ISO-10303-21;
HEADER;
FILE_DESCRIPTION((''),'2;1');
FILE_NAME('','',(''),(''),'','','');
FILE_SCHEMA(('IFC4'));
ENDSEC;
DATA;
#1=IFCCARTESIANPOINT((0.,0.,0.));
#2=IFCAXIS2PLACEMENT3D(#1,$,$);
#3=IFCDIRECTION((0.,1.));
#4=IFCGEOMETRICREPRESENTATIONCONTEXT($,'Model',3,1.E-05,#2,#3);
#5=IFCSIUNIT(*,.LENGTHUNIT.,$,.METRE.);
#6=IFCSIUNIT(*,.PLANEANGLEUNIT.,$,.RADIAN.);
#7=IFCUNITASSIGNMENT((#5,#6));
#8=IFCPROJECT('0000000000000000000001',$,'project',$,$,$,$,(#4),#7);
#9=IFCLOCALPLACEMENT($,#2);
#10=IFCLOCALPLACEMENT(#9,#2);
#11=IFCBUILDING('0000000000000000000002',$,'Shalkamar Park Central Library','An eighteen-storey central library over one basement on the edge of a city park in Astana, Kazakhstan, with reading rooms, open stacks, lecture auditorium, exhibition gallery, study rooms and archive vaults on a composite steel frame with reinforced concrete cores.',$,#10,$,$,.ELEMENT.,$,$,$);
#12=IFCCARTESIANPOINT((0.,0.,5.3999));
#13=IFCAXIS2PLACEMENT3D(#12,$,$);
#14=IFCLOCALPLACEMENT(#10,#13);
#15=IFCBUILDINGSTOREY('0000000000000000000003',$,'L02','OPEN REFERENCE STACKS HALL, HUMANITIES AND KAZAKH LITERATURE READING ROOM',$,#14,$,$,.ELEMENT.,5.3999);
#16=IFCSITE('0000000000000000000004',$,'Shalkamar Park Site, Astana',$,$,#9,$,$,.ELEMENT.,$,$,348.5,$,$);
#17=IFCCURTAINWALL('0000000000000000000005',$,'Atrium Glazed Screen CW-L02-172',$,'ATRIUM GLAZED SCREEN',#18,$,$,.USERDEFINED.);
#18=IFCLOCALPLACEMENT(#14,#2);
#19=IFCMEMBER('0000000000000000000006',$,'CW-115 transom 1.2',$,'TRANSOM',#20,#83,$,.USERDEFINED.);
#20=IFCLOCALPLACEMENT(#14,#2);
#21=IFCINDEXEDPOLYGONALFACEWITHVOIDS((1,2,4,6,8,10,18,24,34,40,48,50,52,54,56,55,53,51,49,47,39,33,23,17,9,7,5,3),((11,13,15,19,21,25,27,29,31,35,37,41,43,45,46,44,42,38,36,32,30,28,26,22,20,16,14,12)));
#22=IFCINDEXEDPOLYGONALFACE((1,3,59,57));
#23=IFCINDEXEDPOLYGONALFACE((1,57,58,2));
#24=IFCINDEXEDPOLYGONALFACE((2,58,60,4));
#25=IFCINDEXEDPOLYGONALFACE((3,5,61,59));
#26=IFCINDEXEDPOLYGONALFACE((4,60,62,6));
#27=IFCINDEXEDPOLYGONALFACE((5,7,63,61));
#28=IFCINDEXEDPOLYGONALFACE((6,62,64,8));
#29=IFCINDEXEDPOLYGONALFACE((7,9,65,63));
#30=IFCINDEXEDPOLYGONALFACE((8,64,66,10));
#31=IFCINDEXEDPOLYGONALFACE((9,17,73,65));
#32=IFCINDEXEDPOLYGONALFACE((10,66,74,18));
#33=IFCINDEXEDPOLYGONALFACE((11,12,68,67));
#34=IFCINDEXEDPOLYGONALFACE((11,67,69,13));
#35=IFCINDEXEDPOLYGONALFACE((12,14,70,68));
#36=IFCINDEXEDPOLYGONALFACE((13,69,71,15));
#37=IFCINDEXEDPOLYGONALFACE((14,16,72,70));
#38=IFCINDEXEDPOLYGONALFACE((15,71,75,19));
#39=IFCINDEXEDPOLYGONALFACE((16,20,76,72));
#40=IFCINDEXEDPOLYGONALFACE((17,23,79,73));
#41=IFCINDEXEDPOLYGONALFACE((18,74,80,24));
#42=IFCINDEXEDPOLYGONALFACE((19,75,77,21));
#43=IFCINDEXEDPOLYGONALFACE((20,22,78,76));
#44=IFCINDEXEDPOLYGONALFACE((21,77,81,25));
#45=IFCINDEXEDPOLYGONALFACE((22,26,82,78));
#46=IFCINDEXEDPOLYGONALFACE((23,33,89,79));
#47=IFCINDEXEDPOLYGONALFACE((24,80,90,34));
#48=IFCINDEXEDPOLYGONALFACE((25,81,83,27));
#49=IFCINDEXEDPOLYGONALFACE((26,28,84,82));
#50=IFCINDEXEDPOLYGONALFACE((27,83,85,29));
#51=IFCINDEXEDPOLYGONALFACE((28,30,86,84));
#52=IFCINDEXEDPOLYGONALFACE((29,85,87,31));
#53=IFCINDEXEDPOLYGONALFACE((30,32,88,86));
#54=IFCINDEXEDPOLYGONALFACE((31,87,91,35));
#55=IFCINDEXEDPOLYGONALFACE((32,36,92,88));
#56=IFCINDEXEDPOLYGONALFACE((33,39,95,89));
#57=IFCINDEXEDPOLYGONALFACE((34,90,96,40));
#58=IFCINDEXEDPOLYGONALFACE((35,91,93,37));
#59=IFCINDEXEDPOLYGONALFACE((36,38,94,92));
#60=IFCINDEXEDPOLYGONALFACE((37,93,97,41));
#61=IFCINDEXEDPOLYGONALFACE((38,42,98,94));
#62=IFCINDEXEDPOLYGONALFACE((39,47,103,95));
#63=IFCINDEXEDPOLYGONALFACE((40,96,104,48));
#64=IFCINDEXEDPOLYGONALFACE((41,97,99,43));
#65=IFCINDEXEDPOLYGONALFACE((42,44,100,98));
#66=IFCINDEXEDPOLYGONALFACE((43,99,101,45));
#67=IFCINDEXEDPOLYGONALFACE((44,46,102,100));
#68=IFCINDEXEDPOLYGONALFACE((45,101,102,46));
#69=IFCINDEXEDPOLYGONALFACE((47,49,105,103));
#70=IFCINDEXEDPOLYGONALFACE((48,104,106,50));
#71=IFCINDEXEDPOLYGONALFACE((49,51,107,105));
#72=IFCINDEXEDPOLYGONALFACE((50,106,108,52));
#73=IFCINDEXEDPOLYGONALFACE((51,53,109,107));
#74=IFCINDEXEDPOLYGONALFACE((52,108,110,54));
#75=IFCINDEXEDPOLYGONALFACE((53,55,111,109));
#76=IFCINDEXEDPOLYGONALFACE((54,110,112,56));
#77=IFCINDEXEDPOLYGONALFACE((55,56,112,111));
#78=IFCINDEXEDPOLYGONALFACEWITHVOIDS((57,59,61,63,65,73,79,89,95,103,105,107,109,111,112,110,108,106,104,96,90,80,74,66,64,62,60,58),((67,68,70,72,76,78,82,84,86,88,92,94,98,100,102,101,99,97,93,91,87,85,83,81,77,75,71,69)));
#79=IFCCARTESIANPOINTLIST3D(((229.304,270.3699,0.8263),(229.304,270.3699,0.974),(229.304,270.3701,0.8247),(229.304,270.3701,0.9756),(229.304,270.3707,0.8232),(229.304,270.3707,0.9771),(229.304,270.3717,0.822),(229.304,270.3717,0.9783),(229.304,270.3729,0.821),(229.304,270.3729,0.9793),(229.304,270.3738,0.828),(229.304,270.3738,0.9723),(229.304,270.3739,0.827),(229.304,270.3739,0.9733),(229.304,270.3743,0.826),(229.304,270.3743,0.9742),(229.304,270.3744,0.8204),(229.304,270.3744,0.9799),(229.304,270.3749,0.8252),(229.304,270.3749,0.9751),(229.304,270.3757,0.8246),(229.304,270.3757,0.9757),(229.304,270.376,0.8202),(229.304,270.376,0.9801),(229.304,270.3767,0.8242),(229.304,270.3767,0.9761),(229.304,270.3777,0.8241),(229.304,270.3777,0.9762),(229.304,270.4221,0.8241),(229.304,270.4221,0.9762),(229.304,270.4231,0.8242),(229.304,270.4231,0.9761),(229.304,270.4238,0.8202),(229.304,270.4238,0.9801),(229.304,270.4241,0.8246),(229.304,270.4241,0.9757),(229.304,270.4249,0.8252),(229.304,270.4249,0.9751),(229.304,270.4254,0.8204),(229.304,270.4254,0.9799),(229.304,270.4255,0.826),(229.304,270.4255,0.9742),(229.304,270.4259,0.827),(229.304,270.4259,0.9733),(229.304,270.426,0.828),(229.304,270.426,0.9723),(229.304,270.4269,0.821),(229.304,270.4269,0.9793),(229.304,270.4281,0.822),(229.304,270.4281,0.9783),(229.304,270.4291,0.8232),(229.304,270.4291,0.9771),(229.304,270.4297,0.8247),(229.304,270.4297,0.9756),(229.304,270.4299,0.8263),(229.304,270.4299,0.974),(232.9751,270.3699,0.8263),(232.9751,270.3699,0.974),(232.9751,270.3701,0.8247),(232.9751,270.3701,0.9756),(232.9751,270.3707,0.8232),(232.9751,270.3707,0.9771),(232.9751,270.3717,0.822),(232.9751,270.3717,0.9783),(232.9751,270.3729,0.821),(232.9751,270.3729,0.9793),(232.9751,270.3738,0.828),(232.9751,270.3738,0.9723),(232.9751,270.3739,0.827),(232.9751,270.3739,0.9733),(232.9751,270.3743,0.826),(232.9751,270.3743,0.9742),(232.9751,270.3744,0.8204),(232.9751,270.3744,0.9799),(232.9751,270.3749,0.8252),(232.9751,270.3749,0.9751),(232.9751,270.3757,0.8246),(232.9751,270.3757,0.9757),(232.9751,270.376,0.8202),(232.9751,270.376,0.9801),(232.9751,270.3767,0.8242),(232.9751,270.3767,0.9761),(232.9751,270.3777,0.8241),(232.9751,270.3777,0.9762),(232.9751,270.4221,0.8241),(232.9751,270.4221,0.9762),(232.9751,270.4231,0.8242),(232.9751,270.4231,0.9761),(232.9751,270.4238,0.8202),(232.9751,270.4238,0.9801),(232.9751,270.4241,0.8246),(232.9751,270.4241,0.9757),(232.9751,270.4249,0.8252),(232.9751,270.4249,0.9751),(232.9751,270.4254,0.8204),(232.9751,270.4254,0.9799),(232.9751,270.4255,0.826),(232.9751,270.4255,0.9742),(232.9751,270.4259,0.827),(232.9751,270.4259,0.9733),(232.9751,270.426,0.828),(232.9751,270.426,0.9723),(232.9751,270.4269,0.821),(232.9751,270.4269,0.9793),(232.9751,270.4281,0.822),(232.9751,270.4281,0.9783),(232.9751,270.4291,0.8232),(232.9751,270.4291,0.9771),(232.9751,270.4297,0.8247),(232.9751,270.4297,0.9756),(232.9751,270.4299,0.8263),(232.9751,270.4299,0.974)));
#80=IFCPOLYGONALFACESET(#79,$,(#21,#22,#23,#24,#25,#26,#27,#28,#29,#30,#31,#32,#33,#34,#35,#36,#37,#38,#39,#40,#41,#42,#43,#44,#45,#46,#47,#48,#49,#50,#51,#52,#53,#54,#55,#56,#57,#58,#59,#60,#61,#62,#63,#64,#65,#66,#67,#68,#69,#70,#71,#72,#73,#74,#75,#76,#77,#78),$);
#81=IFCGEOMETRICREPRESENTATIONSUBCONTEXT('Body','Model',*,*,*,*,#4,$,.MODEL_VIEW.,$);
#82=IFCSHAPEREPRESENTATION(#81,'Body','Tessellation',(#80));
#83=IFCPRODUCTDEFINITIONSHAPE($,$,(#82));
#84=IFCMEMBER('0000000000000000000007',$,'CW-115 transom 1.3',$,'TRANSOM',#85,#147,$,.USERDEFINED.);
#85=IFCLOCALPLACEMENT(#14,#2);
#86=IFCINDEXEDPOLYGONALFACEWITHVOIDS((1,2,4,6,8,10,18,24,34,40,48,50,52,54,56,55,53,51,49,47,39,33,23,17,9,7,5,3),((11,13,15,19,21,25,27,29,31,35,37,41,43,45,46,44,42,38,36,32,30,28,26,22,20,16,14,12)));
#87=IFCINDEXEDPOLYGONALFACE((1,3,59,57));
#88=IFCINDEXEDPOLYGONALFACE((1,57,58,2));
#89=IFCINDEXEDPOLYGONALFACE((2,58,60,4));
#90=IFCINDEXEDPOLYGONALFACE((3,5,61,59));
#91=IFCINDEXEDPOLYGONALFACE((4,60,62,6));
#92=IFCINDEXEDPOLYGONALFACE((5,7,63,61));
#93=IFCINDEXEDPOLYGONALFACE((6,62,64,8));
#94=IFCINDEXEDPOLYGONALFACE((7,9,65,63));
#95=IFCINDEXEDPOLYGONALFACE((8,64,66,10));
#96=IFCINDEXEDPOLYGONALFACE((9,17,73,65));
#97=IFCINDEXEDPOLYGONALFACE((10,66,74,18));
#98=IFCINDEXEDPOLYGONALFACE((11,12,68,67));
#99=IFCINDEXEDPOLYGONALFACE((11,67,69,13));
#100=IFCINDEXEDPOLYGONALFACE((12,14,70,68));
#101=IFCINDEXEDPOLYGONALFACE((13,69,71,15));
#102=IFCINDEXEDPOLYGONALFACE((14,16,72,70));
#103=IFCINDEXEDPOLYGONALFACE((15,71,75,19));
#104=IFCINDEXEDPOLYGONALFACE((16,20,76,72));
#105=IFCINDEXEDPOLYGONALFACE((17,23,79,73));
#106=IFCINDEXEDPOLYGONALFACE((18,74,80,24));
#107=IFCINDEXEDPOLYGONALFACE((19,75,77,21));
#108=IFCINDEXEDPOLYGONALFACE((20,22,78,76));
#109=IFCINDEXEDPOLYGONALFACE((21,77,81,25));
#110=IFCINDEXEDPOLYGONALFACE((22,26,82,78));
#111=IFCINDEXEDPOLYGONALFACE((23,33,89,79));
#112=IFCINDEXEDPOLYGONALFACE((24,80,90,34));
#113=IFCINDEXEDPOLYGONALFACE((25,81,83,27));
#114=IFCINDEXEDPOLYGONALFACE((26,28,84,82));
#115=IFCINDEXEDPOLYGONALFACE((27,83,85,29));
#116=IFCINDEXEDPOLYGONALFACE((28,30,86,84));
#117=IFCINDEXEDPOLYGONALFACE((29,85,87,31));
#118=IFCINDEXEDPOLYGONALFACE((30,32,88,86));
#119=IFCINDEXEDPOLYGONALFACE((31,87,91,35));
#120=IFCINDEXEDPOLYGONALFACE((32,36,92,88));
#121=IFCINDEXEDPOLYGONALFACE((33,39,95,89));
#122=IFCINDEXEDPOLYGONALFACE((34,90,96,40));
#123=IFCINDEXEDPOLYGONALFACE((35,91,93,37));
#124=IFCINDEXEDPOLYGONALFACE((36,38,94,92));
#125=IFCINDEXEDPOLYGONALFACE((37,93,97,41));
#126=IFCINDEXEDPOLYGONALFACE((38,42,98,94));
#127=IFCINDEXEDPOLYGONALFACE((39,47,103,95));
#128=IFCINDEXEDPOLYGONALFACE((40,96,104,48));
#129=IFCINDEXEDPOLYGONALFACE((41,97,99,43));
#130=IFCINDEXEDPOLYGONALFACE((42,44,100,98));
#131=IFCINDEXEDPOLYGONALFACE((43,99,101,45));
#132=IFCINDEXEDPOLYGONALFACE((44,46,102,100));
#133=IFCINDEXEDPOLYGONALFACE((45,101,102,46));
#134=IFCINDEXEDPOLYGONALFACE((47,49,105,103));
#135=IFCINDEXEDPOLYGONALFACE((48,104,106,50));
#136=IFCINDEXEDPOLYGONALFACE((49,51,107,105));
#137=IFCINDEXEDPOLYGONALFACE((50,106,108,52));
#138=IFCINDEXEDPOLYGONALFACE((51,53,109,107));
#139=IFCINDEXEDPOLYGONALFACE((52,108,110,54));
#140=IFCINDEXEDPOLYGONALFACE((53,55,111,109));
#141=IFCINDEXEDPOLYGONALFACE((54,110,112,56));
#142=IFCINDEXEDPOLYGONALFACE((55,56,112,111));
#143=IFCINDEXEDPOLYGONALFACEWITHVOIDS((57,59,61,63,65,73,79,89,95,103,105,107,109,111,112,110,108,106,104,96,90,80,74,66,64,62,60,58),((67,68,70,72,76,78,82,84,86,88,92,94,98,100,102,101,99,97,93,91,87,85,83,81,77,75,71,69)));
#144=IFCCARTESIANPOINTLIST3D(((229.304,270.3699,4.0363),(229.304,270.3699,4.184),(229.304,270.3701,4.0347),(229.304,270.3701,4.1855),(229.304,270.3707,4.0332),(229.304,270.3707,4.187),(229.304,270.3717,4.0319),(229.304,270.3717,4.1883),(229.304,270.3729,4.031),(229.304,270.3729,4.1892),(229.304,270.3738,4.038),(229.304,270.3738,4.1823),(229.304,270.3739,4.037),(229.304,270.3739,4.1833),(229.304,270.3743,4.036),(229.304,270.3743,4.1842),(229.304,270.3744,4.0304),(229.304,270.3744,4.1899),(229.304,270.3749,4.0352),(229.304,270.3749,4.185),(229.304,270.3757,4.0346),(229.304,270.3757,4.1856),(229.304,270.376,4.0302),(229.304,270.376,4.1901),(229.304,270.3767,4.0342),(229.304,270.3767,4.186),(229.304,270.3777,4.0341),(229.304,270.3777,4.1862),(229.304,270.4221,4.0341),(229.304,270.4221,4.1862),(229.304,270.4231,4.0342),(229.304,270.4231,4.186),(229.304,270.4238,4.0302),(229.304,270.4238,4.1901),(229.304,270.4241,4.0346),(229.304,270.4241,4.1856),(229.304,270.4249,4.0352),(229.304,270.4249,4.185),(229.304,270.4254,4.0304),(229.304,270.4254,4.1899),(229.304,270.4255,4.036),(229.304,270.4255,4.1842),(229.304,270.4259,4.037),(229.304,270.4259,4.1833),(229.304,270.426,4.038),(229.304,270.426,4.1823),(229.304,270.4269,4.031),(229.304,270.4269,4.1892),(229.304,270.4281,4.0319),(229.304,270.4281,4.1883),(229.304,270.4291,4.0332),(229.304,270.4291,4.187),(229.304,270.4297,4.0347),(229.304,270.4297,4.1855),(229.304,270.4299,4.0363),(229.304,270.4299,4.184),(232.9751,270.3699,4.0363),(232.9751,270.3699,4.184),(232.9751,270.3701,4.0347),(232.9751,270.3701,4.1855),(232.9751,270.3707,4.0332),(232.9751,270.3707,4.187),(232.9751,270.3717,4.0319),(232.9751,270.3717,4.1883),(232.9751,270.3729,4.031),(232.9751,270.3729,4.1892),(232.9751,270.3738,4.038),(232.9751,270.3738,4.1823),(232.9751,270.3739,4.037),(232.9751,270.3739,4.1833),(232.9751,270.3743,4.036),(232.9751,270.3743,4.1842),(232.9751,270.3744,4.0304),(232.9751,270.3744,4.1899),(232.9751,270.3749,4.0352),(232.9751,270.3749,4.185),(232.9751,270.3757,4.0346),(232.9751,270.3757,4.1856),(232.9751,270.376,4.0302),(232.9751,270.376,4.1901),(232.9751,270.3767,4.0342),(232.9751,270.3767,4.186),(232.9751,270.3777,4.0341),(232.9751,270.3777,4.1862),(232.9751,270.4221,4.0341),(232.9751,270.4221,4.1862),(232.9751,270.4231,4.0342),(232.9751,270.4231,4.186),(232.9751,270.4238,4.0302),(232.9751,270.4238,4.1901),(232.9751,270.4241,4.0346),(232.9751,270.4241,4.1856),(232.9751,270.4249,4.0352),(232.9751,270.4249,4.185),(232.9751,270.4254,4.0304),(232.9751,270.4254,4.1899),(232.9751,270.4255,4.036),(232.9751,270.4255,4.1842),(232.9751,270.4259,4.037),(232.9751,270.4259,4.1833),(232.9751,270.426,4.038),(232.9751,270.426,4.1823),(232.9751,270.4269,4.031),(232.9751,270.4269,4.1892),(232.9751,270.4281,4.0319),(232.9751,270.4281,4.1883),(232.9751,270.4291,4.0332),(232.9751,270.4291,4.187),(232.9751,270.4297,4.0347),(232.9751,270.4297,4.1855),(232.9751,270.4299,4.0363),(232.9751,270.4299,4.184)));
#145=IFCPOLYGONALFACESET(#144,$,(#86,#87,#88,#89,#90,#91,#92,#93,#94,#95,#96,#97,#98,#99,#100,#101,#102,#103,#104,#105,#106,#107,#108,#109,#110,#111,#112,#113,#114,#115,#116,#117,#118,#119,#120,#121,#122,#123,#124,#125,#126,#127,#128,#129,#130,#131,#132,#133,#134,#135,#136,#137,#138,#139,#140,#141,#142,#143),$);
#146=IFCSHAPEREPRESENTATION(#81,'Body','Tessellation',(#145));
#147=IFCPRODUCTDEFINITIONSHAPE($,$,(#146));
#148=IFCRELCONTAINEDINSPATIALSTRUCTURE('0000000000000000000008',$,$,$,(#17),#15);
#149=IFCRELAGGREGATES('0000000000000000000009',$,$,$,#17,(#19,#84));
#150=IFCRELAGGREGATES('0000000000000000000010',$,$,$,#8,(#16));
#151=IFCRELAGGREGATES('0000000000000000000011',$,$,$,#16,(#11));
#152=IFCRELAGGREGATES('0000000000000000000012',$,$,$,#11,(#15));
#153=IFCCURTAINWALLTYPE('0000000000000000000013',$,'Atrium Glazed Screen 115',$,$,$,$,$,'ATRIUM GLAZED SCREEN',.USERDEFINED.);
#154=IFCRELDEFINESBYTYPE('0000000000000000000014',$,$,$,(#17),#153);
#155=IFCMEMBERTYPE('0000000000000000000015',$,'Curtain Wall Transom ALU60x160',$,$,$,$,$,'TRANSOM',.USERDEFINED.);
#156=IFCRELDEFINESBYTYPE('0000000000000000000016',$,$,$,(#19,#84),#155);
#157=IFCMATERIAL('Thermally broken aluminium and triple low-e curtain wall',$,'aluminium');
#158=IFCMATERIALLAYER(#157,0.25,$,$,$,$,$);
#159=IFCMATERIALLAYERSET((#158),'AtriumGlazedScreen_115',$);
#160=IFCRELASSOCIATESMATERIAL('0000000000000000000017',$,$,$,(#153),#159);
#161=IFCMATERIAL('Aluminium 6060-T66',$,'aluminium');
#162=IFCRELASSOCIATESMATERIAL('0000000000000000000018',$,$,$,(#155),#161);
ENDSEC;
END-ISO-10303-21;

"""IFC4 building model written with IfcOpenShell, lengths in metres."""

from ifc_helpers import new_model, si_unit, direction, frame, origin, origin_2d, place, context, subcontext, project, spatial, hollow_rectangle, extrude, material, layer, layer_set, material_profile, profile_set, type_object, element, aggregate, save


model = new_model("IFC4")

# Units and contexts
model_context = context("Model", 3, precision=1e-05, world=origin(), true_north=direction((0.0, 1.0)))
body_context = subcontext(model_context, "Body", "Model", "MODEL_VIEW")
ifc_project = project(units=[si_unit("LENGTHUNIT", "METRE"), si_unit("PLANEANGLEUNIT", "RADIAN")], contexts=[model_context])

# Site, building, storey
site_placement = place(None, origin())
site = spatial("IfcSite", under=ifc_project, at=site_placement, Name="Shalkamar Park Site, Astana", CompositionType="ELEMENT", RefElevation=348.5)
building_placement = place(site_placement, origin())
building = spatial("IfcBuilding", under=site, at=building_placement, Name="Shalkamar Park Central Library", Description="An eighteen-storey central library over one basement on the edge of a city park in Astana, Kazakhstan, with reading rooms, open stacks, lecture auditorium, exhibition gallery, study rooms and archive vaults on a composite steel frame with reinforced concrete cores.", CompositionType="ELEMENT")
storey_placement = place(building_placement, frame((0.0, 0.0, 5.3999)))
storey = spatial("IfcBuildingStorey", under=building, at=storey_placement, Name="L02", Description="OPEN REFERENCE STACKS HALL, HUMANITIES AND KAZAKH LITERATURE READING ROOM", CompositionType="ELEMENT", Elevation=5.3999)

# Curtain wall
ifc_material_1 = material(Name="Thermally broken aluminium and triple low-e curtain wall", Category="aluminium")
ifc_layer_1 = layer(ifc_material_1, 0.25)
ifc_layer_set_1 = layer_set([ifc_layer_1], Name="AtriumGlazedScreen_115")
curtain_wall_type_1 = type_object("IfcCurtainWallType", Name="Atrium Glazed Screen 115", ElementType="ATRIUM GLAZED SCREEN", PredefinedType="USERDEFINED", material=ifc_layer_set_1)
curtain_wall_1_placement = place(storey_placement, origin())
curtain_wall_1 = element("IfcCurtainWall", 1, at=curtain_wall_1_placement, inside=storey, type_object=curtain_wall_type_1, Name="Atrium Glazed Screen CW-L02-172", ObjectType="ATRIUM GLAZED SCREEN", PredefinedType="USERDEFINED")
ifc_material_2 = material(Name="Aluminium 6060-T66", Category="aluminium")

# Members
ifc_material_profile_1 = material_profile(ifc_material_2, hollow_rectangle(XDim=0.0601, YDim=0.1599, WallThickness=0.0039, InnerFilletRadius=0.0039, OuterFilletRadius=0.0061, at=origin_2d()), Name="ALU 60x160x4")
ifc_profile_set_1 = profile_set([ifc_material_profile_1], Name="Aluminium 6060-T66")
member_type_1 = type_object("IfcMemberType", Name="Curtain Wall Transom ALU60x160", ElementType="TRANSOM", PredefinedType="USERDEFINED", material=ifc_profile_set_1)
member_1_placement = place(storey_placement, frame((229.304, 270.3999, 0.9001), z_axis=(1.0, 0.0, 0.0), x_axis=(0.0, 1.0, 0.0)))
member_1 = element("IfcMember", 2, at=member_1_placement, type_object=member_type_1, Name="CW-115 transom 1.2", ObjectType="TRANSOM", PredefinedType="USERDEFINED", context=body_context, shape_type="SweptSolid", body=[
    extrude(hollow_rectangle(XDim=0.0601, YDim=0.1599, WallThickness=0.0039, InnerFilletRadius=0.0039, OuterFilletRadius=0.0061, at=origin_2d()), origin(), (0.0, 0.0, 1.0), 3.6711),
])
member_2_placement = place(storey_placement, frame((229.304, 270.3999, 4.1101), z_axis=(1.0, 0.0, 0.0), x_axis=(0.0, 1.0, 0.0)))
member_2 = element("IfcMember", 3, at=member_2_placement, type_object=member_type_1, Name="CW-115 transom 1.3", ObjectType="TRANSOM", PredefinedType="USERDEFINED", context=body_context, shape_type="SweptSolid", body=[
    extrude(hollow_rectangle(XDim=0.0601, YDim=0.1599, WallThickness=0.0039, InnerFilletRadius=0.0039, OuterFilletRadius=0.0061, at=origin_2d()), origin(), (0.0, 0.0, 1.0), 3.6711),
])

aggregate(curtain_wall_1, [member_1, member_2])

save(model, "model.ifc")
